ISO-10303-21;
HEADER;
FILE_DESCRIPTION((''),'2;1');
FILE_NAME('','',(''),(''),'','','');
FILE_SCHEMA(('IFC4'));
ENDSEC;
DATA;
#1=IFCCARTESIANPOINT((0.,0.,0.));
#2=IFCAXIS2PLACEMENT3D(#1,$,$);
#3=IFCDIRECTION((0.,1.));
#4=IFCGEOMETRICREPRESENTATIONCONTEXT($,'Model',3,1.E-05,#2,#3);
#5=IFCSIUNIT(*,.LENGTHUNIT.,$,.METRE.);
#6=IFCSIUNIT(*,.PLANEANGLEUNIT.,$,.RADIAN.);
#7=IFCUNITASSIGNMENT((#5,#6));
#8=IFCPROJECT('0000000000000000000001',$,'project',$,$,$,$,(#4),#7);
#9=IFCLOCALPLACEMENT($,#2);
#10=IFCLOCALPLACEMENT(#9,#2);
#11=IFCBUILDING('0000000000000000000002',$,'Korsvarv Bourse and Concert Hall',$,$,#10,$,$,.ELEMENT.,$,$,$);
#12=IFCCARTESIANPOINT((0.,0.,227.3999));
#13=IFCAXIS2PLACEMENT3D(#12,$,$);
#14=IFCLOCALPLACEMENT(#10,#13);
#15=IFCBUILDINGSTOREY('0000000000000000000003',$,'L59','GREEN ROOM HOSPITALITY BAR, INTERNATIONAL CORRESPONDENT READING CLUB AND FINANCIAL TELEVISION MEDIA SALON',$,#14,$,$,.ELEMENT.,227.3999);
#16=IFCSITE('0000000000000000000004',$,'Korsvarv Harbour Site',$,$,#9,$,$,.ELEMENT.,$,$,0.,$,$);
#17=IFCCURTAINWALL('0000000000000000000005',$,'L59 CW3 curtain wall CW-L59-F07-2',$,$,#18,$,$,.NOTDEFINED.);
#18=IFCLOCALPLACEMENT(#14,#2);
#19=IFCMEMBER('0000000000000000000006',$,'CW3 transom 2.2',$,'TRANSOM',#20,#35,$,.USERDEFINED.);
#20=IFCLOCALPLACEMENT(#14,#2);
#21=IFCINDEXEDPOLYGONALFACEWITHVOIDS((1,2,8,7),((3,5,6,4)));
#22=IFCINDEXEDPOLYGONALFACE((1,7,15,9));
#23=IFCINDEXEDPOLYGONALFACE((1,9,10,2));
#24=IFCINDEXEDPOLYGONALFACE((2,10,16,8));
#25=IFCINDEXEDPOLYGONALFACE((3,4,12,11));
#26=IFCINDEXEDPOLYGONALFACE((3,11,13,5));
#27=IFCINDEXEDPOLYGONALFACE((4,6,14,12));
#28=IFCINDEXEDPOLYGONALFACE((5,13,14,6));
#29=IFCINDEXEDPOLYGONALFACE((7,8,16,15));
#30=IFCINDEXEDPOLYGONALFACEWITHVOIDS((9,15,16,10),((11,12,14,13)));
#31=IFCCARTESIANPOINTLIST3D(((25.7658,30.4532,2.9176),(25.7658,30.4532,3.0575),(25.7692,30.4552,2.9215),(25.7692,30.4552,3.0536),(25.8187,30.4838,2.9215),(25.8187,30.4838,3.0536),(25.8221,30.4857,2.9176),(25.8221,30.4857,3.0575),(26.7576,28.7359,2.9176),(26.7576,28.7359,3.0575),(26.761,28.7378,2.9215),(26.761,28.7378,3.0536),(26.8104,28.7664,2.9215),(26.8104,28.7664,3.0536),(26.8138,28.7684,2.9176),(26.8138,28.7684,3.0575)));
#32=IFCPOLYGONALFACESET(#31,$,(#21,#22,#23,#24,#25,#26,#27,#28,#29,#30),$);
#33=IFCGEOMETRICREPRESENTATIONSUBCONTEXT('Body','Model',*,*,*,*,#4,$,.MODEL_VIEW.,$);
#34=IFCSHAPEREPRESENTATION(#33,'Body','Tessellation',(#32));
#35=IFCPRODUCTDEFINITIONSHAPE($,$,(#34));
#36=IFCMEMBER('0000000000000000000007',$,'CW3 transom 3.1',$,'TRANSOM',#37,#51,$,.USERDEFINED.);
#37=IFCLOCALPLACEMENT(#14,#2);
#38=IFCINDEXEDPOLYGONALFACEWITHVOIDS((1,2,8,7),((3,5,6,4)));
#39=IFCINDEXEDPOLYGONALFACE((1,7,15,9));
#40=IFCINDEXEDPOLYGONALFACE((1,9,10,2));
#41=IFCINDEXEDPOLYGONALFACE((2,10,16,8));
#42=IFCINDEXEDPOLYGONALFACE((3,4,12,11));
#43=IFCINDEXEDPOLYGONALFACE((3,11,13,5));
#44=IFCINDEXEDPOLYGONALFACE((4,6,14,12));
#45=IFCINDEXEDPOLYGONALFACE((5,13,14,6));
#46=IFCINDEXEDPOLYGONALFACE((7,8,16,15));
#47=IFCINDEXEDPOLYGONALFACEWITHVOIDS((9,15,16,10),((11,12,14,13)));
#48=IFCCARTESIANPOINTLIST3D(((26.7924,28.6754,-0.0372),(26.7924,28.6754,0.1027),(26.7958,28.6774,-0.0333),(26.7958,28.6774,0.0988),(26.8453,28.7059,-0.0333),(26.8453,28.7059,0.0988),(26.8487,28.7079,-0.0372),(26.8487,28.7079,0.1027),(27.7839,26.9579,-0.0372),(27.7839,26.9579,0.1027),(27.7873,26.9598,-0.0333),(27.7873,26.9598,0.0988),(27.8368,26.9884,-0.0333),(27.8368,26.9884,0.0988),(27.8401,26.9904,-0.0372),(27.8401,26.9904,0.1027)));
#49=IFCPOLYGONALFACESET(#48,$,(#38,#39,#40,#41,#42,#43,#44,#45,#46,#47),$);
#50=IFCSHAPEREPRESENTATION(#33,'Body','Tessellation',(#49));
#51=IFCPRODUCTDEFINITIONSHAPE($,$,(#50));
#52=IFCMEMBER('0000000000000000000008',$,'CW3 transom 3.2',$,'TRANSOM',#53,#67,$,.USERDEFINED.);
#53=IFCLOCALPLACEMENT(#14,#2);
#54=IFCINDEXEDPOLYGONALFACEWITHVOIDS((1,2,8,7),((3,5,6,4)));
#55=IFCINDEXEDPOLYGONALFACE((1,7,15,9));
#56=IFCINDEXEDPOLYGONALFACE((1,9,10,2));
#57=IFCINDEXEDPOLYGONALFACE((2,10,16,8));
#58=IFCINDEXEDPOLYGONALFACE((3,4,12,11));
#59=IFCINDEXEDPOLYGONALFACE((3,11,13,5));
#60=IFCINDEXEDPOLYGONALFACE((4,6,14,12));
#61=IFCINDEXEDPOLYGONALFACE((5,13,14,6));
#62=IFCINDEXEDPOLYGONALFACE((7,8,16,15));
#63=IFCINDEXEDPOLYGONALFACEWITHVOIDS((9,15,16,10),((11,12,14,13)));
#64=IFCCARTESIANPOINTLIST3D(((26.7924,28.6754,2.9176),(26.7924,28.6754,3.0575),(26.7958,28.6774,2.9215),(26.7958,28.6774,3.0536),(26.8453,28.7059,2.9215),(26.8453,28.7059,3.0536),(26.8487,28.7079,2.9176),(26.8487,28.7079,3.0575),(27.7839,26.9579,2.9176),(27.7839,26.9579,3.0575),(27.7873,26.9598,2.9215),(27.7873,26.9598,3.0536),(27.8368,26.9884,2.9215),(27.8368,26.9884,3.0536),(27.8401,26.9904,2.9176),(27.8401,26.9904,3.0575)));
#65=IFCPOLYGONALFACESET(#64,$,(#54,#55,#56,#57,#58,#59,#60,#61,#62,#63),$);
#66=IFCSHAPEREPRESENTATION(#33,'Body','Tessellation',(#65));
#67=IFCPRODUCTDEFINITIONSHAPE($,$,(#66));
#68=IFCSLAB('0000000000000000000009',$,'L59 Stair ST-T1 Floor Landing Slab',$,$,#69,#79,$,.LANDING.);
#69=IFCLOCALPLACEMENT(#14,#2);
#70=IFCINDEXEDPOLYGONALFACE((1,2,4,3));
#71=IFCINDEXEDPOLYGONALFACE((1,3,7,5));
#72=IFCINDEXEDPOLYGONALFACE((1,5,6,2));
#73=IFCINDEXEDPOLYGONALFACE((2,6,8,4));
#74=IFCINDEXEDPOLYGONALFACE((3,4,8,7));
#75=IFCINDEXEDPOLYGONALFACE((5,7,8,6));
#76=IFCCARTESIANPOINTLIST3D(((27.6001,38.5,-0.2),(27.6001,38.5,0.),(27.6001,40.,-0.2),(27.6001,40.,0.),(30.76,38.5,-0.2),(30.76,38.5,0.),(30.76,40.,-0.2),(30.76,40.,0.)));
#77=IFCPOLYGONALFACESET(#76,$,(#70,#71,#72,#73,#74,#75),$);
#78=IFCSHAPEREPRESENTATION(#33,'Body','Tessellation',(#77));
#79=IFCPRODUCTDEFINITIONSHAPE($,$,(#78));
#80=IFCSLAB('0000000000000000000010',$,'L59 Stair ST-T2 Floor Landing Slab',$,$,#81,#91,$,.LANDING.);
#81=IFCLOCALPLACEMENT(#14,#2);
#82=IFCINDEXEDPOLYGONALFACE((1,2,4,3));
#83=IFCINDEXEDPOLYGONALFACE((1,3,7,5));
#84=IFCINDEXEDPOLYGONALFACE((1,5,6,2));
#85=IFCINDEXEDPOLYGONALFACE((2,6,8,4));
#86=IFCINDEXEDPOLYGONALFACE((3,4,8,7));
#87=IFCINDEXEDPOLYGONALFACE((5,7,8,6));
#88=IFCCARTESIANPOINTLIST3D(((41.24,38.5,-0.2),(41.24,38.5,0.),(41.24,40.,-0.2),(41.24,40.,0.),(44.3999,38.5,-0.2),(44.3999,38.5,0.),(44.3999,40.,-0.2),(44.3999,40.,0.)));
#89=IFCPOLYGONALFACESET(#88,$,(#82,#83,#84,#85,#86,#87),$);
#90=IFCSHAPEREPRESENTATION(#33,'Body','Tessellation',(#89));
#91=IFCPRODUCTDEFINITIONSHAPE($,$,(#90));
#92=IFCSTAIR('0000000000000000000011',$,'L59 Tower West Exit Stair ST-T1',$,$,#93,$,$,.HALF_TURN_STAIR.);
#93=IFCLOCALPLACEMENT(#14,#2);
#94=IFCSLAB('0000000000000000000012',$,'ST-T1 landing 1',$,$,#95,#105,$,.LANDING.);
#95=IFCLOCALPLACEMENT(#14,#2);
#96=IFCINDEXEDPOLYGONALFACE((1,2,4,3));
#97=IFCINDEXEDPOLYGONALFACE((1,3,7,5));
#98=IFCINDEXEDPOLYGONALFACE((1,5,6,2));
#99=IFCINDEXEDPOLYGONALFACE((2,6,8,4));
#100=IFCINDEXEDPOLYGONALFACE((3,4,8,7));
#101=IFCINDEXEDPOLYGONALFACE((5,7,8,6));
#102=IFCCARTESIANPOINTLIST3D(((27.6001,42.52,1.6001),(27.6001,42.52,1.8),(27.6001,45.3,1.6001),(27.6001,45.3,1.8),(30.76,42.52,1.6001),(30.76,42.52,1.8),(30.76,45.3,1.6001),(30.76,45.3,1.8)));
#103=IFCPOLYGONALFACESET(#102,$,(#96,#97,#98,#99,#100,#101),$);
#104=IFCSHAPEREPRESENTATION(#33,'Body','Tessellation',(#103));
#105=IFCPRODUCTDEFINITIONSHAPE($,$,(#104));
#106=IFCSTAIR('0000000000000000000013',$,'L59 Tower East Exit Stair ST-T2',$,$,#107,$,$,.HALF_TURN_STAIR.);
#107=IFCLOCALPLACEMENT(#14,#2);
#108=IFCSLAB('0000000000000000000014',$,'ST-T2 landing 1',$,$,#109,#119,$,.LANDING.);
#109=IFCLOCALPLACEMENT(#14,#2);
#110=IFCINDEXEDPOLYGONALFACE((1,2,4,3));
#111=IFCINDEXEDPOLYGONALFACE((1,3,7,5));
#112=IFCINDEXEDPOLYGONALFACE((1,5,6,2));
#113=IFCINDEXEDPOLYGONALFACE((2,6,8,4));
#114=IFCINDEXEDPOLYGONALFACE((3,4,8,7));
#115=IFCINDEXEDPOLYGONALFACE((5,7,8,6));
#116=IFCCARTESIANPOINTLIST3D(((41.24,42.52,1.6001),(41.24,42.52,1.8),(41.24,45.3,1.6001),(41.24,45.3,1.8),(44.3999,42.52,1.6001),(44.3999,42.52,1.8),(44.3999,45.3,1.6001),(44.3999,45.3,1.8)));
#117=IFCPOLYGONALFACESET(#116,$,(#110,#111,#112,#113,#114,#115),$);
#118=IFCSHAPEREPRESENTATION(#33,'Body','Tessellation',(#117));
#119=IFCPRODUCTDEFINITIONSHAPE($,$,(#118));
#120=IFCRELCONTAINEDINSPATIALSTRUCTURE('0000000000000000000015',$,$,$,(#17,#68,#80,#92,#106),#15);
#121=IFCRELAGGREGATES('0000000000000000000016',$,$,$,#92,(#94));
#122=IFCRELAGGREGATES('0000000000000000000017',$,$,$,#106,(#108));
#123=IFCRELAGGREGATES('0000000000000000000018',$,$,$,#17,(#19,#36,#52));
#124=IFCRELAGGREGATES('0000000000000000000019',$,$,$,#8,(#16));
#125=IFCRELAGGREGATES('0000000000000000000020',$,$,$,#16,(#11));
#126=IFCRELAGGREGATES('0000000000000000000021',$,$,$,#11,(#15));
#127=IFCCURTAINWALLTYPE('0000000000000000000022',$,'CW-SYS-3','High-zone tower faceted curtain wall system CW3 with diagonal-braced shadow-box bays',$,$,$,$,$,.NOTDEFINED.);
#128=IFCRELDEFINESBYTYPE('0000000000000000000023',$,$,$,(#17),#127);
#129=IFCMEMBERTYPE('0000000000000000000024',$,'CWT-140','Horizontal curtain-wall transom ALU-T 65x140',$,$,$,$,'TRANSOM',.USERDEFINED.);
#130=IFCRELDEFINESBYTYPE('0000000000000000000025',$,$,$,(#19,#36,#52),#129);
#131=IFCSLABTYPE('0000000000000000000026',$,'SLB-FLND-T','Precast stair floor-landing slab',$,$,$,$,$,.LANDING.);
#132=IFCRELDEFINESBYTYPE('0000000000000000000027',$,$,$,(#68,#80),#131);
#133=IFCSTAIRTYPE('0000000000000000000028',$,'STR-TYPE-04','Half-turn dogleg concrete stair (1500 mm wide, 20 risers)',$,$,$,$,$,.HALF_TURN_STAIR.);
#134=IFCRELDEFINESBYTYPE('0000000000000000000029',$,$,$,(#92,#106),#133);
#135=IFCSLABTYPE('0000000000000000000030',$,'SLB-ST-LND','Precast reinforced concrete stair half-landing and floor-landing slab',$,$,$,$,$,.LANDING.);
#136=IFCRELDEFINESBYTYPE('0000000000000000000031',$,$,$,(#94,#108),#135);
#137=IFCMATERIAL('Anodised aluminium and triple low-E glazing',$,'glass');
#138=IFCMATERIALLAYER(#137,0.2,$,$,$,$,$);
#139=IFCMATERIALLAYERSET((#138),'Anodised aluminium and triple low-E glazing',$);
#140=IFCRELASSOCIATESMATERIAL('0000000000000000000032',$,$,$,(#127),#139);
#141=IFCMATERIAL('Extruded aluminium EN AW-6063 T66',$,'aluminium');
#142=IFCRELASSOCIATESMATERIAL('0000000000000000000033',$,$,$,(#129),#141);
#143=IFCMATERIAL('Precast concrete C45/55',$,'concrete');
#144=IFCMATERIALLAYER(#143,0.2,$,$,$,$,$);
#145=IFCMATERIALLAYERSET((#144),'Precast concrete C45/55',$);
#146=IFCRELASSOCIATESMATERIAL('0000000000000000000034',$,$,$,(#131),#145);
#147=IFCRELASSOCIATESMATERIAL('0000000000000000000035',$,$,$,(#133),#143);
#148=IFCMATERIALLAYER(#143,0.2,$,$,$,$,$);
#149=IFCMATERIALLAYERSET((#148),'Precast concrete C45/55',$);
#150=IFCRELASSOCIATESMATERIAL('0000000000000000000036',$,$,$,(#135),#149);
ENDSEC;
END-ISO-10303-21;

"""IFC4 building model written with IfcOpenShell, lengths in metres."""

from ifc_helpers import new_model, si_unit, direction, frame, origin, origin_2d, place, context, subcontext, project, spatial, polyline, hollow_rectangle, outline, extrude, source, transform, mapped, material, layer, layer_set, material_profile, profile_set, type_object, element, aggregate, save


model = new_model("IFC4")

# Units and contexts
model_context = context("Model", 3, precision=1e-05, world=origin(), true_north=direction((0.0, 1.0)))
body_context = subcontext(model_context, "Body", "Model", "MODEL_VIEW")
ifc_project = project(units=[si_unit("LENGTHUNIT", "METRE"), si_unit("PLANEANGLEUNIT", "RADIAN")], contexts=[model_context])

# Site, building, storey
site_placement = place(None, origin())
site = spatial("IfcSite", under=ifc_project, at=site_placement, Name="Korsvarv Harbour Site", CompositionType="ELEMENT", RefElevation=0.0)
building_placement = place(site_placement, origin())
building = spatial("IfcBuilding", under=site, at=building_placement, Name="Korsvarv Bourse and Concert Hall", CompositionType="ELEMENT")
storey_placement = place(building_placement, frame((0.0, 0.0, 227.3999)))
storey = spatial("IfcBuildingStorey", under=building, at=storey_placement, Name="L59", Description="GREEN ROOM HOSPITALITY BAR, INTERNATIONAL CORRESPONDENT READING CLUB AND FINANCIAL TELEVISION MEDIA SALON", CompositionType="ELEMENT", Elevation=227.3999)

# Curtain wall, members
ifc_material_1 = material(Name="Anodised aluminium and triple low-E glazing", Category="glass")
ifc_layer_1 = layer(ifc_material_1, 0.2)
ifc_layer_set_1 = layer_set([ifc_layer_1], Name="Anodised aluminium and triple low-E glazing")
curtain_wall_type = type_object("IfcCurtainWallType", Name="CW-SYS-3", Description="High-zone tower faceted curtain wall system CW3 with diagonal-braced shadow-box bays", PredefinedType="NOTDEFINED", material=ifc_layer_set_1)
curtain_wall_placement = place(storey_placement, origin())
curtain_wall = element("IfcCurtainWall", 1, at=curtain_wall_placement, inside=storey, type_object=curtain_wall_type, Name="L59 CW3 curtain wall CW-L59-F07-2", PredefinedType="NOTDEFINED")
ifc_material_2 = material(Name="Extruded aluminium EN AW-6063 T66", Category="aluminium")
ifc_material_profile_1 = material_profile(ifc_material_2, hollow_rectangle(XDim=0.0649, YDim=0.1399, WallThickness=0.0039, at=origin_2d()), Name="ALU-T 65x140")
ifc_profile_set_1 = profile_set([ifc_material_profile_1], Name="Extruded aluminium EN AW-6063 T66")
member_type_1 = type_object("IfcMemberType", Name="CWT-140", Description="Horizontal curtain-wall transom ALU-T 65x140", ElementType="TRANSOM", PredefinedType="USERDEFINED", material=ifc_profile_set_1)
shared_shape_1 = source(origin(), body_context, "Body", "SweptSolid", [
    extrude(hollow_rectangle(XDim=0.0649, YDim=0.1399, WallThickness=0.0039, at=origin_2d()), origin(), (0.0, 0.0, 1.0), 1.9832),
])
member_1_placement = place(storey_placement, frame((25.7939, 30.4695, 2.9875), z_axis=(0.500085, -0.865976, 0.0), x_axis=(0.865976, 0.500085, 0.0)))
member_1 = element("IfcMember", 2, at=member_1_placement, type_object=member_type_1, Name="CW3 transom 2.2", ObjectType="TRANSOM", PredefinedType="USERDEFINED", context=body_context, shape_type="MappedRepresentation", body=[
    mapped(shared_shape_1, transform((0.0, 0.0, 0.0), scale=1.0)),
])
member_2_placement = place(storey_placement, frame((26.8206, 28.6917, 0.0327), z_axis=(0.499939, -0.866061, 0.0), x_axis=(0.866061, 0.499939, 0.0)))
member_2 = element("IfcMember", 3, at=member_2_placement, type_object=member_type_1, Name="CW3 transom 3.1", ObjectType="TRANSOM", PredefinedType="USERDEFINED", context=body_context, shape_type="MappedRepresentation", body=[
    mapped(shared_shape_1, transform((0.0, 0.0, 0.0), scale=1.0)),
])
member_3_placement = place(storey_placement, frame((26.8206, 28.6917, 2.9875), z_axis=(0.499939, -0.866061, 0.0), x_axis=(0.866061, 0.499939, 0.0)))
member_3 = element("IfcMember", 4, at=member_3_placement, type_object=member_type_1, Name="CW3 transom 3.2", ObjectType="TRANSOM", PredefinedType="USERDEFINED", context=body_context, shape_type="MappedRepresentation", body=[
    mapped(shared_shape_1, transform((0.0, 0.0, 0.0), scale=1.0)),
])

# Slabs
ifc_material_3 = material(Name="Precast concrete C45/55", Category="concrete")
ifc_layer_2 = layer(ifc_material_3, 0.2)
ifc_layer_set_2 = layer_set([ifc_layer_2], Name="Precast concrete C45/55")
slab_type_1 = type_object("IfcSlabType", Name="SLB-FLND-T", Description="Precast stair floor-landing slab", PredefinedType="LANDING", material=ifc_layer_set_2)
slab_1_placement = place(storey_placement, frame((0.0, 0.0, -0.2)))
element("IfcSlab", 5, at=slab_1_placement, inside=storey, type_object=slab_type_1, Name="L59 Stair ST-T1 Floor Landing Slab", PredefinedType="LANDING", context=body_context, shape_type="SweptSolid", body=[
    extrude(outline(polyline([(30.76, 38.5), (30.76, 40.0), (27.6001, 40.0), (27.6001, 38.5), (30.76, 38.5)])), origin(), (0.0, 0.0, 1.0), 0.2),
])
slab_2_placement = place(storey_placement, frame((0.0, 0.0, -0.2)))
element("IfcSlab", 6, at=slab_2_placement, inside=storey, type_object=slab_type_1, Name="L59 Stair ST-T2 Floor Landing Slab", PredefinedType="LANDING", context=body_context, shape_type="SweptSolid", body=[
    extrude(outline(polyline([(44.3999, 38.5), (44.3999, 40.0), (41.24, 40.0), (41.24, 38.5), (44.3999, 38.5)])), origin(), (0.0, 0.0, 1.0), 0.2),
])

# Stairs, slabs
stair_type = type_object("IfcStairType", Name="STR-TYPE-04", Description="Half-turn dogleg concrete stair (1500 mm wide, 20 risers)", PredefinedType="HALF_TURN_STAIR", material=ifc_material_3)
stair_1_placement = place(storey_placement, origin())
stair_1 = element("IfcStair", 7, at=stair_1_placement, inside=storey, type_object=stair_type, Name="L59 Tower West Exit Stair ST-T1", PredefinedType="HALF_TURN_STAIR")
ifc_layer_3 = layer(ifc_material_3, 0.2)
ifc_layer_set_3 = layer_set([ifc_layer_3], Name="Precast concrete C45/55")
slab_type_2 = type_object("IfcSlabType", Name="SLB-ST-LND", Description="Precast reinforced concrete stair half-landing and floor-landing slab", PredefinedType="LANDING", material=ifc_layer_set_3)
slab_3_placement = place(storey_placement, frame((0.0, 0.0, 1.6001)))
slab_3 = element("IfcSlab", 8, at=slab_3_placement, type_object=slab_type_2, Name="ST-T1 landing 1", PredefinedType="LANDING", context=body_context, shape_type="SweptSolid", body=[
    extrude(outline(polyline([(30.76, 42.52), (30.76, 45.3), (27.6001, 45.3), (27.6001, 42.52), (30.76, 42.52)])), origin(), (0.0, 0.0, 1.0), 0.2),
])
aggregate(stair_1, [slab_3])
stair_2_placement = place(storey_placement, origin())
stair_2 = element("IfcStair", 9, at=stair_2_placement, inside=storey, type_object=stair_type, Name="L59 Tower East Exit Stair ST-T2", PredefinedType="HALF_TURN_STAIR")
slab_4_placement = place(storey_placement, frame((0.0, 0.0, 1.6001)))
slab_4 = element("IfcSlab", 10, at=slab_4_placement, type_object=slab_type_2, Name="ST-T2 landing 1", PredefinedType="LANDING", context=body_context, shape_type="SweptSolid", body=[
    extrude(outline(polyline([(44.3999, 42.52), (44.3999, 45.3), (41.24, 45.3), (41.24, 42.52), (44.3999, 42.52)])), origin(), (0.0, 0.0, 1.0), 0.2),
])
aggregate(stair_2, [slab_4])

aggregate(curtain_wall, [member_1, member_2, member_3])

save(model, "model.ifc")
